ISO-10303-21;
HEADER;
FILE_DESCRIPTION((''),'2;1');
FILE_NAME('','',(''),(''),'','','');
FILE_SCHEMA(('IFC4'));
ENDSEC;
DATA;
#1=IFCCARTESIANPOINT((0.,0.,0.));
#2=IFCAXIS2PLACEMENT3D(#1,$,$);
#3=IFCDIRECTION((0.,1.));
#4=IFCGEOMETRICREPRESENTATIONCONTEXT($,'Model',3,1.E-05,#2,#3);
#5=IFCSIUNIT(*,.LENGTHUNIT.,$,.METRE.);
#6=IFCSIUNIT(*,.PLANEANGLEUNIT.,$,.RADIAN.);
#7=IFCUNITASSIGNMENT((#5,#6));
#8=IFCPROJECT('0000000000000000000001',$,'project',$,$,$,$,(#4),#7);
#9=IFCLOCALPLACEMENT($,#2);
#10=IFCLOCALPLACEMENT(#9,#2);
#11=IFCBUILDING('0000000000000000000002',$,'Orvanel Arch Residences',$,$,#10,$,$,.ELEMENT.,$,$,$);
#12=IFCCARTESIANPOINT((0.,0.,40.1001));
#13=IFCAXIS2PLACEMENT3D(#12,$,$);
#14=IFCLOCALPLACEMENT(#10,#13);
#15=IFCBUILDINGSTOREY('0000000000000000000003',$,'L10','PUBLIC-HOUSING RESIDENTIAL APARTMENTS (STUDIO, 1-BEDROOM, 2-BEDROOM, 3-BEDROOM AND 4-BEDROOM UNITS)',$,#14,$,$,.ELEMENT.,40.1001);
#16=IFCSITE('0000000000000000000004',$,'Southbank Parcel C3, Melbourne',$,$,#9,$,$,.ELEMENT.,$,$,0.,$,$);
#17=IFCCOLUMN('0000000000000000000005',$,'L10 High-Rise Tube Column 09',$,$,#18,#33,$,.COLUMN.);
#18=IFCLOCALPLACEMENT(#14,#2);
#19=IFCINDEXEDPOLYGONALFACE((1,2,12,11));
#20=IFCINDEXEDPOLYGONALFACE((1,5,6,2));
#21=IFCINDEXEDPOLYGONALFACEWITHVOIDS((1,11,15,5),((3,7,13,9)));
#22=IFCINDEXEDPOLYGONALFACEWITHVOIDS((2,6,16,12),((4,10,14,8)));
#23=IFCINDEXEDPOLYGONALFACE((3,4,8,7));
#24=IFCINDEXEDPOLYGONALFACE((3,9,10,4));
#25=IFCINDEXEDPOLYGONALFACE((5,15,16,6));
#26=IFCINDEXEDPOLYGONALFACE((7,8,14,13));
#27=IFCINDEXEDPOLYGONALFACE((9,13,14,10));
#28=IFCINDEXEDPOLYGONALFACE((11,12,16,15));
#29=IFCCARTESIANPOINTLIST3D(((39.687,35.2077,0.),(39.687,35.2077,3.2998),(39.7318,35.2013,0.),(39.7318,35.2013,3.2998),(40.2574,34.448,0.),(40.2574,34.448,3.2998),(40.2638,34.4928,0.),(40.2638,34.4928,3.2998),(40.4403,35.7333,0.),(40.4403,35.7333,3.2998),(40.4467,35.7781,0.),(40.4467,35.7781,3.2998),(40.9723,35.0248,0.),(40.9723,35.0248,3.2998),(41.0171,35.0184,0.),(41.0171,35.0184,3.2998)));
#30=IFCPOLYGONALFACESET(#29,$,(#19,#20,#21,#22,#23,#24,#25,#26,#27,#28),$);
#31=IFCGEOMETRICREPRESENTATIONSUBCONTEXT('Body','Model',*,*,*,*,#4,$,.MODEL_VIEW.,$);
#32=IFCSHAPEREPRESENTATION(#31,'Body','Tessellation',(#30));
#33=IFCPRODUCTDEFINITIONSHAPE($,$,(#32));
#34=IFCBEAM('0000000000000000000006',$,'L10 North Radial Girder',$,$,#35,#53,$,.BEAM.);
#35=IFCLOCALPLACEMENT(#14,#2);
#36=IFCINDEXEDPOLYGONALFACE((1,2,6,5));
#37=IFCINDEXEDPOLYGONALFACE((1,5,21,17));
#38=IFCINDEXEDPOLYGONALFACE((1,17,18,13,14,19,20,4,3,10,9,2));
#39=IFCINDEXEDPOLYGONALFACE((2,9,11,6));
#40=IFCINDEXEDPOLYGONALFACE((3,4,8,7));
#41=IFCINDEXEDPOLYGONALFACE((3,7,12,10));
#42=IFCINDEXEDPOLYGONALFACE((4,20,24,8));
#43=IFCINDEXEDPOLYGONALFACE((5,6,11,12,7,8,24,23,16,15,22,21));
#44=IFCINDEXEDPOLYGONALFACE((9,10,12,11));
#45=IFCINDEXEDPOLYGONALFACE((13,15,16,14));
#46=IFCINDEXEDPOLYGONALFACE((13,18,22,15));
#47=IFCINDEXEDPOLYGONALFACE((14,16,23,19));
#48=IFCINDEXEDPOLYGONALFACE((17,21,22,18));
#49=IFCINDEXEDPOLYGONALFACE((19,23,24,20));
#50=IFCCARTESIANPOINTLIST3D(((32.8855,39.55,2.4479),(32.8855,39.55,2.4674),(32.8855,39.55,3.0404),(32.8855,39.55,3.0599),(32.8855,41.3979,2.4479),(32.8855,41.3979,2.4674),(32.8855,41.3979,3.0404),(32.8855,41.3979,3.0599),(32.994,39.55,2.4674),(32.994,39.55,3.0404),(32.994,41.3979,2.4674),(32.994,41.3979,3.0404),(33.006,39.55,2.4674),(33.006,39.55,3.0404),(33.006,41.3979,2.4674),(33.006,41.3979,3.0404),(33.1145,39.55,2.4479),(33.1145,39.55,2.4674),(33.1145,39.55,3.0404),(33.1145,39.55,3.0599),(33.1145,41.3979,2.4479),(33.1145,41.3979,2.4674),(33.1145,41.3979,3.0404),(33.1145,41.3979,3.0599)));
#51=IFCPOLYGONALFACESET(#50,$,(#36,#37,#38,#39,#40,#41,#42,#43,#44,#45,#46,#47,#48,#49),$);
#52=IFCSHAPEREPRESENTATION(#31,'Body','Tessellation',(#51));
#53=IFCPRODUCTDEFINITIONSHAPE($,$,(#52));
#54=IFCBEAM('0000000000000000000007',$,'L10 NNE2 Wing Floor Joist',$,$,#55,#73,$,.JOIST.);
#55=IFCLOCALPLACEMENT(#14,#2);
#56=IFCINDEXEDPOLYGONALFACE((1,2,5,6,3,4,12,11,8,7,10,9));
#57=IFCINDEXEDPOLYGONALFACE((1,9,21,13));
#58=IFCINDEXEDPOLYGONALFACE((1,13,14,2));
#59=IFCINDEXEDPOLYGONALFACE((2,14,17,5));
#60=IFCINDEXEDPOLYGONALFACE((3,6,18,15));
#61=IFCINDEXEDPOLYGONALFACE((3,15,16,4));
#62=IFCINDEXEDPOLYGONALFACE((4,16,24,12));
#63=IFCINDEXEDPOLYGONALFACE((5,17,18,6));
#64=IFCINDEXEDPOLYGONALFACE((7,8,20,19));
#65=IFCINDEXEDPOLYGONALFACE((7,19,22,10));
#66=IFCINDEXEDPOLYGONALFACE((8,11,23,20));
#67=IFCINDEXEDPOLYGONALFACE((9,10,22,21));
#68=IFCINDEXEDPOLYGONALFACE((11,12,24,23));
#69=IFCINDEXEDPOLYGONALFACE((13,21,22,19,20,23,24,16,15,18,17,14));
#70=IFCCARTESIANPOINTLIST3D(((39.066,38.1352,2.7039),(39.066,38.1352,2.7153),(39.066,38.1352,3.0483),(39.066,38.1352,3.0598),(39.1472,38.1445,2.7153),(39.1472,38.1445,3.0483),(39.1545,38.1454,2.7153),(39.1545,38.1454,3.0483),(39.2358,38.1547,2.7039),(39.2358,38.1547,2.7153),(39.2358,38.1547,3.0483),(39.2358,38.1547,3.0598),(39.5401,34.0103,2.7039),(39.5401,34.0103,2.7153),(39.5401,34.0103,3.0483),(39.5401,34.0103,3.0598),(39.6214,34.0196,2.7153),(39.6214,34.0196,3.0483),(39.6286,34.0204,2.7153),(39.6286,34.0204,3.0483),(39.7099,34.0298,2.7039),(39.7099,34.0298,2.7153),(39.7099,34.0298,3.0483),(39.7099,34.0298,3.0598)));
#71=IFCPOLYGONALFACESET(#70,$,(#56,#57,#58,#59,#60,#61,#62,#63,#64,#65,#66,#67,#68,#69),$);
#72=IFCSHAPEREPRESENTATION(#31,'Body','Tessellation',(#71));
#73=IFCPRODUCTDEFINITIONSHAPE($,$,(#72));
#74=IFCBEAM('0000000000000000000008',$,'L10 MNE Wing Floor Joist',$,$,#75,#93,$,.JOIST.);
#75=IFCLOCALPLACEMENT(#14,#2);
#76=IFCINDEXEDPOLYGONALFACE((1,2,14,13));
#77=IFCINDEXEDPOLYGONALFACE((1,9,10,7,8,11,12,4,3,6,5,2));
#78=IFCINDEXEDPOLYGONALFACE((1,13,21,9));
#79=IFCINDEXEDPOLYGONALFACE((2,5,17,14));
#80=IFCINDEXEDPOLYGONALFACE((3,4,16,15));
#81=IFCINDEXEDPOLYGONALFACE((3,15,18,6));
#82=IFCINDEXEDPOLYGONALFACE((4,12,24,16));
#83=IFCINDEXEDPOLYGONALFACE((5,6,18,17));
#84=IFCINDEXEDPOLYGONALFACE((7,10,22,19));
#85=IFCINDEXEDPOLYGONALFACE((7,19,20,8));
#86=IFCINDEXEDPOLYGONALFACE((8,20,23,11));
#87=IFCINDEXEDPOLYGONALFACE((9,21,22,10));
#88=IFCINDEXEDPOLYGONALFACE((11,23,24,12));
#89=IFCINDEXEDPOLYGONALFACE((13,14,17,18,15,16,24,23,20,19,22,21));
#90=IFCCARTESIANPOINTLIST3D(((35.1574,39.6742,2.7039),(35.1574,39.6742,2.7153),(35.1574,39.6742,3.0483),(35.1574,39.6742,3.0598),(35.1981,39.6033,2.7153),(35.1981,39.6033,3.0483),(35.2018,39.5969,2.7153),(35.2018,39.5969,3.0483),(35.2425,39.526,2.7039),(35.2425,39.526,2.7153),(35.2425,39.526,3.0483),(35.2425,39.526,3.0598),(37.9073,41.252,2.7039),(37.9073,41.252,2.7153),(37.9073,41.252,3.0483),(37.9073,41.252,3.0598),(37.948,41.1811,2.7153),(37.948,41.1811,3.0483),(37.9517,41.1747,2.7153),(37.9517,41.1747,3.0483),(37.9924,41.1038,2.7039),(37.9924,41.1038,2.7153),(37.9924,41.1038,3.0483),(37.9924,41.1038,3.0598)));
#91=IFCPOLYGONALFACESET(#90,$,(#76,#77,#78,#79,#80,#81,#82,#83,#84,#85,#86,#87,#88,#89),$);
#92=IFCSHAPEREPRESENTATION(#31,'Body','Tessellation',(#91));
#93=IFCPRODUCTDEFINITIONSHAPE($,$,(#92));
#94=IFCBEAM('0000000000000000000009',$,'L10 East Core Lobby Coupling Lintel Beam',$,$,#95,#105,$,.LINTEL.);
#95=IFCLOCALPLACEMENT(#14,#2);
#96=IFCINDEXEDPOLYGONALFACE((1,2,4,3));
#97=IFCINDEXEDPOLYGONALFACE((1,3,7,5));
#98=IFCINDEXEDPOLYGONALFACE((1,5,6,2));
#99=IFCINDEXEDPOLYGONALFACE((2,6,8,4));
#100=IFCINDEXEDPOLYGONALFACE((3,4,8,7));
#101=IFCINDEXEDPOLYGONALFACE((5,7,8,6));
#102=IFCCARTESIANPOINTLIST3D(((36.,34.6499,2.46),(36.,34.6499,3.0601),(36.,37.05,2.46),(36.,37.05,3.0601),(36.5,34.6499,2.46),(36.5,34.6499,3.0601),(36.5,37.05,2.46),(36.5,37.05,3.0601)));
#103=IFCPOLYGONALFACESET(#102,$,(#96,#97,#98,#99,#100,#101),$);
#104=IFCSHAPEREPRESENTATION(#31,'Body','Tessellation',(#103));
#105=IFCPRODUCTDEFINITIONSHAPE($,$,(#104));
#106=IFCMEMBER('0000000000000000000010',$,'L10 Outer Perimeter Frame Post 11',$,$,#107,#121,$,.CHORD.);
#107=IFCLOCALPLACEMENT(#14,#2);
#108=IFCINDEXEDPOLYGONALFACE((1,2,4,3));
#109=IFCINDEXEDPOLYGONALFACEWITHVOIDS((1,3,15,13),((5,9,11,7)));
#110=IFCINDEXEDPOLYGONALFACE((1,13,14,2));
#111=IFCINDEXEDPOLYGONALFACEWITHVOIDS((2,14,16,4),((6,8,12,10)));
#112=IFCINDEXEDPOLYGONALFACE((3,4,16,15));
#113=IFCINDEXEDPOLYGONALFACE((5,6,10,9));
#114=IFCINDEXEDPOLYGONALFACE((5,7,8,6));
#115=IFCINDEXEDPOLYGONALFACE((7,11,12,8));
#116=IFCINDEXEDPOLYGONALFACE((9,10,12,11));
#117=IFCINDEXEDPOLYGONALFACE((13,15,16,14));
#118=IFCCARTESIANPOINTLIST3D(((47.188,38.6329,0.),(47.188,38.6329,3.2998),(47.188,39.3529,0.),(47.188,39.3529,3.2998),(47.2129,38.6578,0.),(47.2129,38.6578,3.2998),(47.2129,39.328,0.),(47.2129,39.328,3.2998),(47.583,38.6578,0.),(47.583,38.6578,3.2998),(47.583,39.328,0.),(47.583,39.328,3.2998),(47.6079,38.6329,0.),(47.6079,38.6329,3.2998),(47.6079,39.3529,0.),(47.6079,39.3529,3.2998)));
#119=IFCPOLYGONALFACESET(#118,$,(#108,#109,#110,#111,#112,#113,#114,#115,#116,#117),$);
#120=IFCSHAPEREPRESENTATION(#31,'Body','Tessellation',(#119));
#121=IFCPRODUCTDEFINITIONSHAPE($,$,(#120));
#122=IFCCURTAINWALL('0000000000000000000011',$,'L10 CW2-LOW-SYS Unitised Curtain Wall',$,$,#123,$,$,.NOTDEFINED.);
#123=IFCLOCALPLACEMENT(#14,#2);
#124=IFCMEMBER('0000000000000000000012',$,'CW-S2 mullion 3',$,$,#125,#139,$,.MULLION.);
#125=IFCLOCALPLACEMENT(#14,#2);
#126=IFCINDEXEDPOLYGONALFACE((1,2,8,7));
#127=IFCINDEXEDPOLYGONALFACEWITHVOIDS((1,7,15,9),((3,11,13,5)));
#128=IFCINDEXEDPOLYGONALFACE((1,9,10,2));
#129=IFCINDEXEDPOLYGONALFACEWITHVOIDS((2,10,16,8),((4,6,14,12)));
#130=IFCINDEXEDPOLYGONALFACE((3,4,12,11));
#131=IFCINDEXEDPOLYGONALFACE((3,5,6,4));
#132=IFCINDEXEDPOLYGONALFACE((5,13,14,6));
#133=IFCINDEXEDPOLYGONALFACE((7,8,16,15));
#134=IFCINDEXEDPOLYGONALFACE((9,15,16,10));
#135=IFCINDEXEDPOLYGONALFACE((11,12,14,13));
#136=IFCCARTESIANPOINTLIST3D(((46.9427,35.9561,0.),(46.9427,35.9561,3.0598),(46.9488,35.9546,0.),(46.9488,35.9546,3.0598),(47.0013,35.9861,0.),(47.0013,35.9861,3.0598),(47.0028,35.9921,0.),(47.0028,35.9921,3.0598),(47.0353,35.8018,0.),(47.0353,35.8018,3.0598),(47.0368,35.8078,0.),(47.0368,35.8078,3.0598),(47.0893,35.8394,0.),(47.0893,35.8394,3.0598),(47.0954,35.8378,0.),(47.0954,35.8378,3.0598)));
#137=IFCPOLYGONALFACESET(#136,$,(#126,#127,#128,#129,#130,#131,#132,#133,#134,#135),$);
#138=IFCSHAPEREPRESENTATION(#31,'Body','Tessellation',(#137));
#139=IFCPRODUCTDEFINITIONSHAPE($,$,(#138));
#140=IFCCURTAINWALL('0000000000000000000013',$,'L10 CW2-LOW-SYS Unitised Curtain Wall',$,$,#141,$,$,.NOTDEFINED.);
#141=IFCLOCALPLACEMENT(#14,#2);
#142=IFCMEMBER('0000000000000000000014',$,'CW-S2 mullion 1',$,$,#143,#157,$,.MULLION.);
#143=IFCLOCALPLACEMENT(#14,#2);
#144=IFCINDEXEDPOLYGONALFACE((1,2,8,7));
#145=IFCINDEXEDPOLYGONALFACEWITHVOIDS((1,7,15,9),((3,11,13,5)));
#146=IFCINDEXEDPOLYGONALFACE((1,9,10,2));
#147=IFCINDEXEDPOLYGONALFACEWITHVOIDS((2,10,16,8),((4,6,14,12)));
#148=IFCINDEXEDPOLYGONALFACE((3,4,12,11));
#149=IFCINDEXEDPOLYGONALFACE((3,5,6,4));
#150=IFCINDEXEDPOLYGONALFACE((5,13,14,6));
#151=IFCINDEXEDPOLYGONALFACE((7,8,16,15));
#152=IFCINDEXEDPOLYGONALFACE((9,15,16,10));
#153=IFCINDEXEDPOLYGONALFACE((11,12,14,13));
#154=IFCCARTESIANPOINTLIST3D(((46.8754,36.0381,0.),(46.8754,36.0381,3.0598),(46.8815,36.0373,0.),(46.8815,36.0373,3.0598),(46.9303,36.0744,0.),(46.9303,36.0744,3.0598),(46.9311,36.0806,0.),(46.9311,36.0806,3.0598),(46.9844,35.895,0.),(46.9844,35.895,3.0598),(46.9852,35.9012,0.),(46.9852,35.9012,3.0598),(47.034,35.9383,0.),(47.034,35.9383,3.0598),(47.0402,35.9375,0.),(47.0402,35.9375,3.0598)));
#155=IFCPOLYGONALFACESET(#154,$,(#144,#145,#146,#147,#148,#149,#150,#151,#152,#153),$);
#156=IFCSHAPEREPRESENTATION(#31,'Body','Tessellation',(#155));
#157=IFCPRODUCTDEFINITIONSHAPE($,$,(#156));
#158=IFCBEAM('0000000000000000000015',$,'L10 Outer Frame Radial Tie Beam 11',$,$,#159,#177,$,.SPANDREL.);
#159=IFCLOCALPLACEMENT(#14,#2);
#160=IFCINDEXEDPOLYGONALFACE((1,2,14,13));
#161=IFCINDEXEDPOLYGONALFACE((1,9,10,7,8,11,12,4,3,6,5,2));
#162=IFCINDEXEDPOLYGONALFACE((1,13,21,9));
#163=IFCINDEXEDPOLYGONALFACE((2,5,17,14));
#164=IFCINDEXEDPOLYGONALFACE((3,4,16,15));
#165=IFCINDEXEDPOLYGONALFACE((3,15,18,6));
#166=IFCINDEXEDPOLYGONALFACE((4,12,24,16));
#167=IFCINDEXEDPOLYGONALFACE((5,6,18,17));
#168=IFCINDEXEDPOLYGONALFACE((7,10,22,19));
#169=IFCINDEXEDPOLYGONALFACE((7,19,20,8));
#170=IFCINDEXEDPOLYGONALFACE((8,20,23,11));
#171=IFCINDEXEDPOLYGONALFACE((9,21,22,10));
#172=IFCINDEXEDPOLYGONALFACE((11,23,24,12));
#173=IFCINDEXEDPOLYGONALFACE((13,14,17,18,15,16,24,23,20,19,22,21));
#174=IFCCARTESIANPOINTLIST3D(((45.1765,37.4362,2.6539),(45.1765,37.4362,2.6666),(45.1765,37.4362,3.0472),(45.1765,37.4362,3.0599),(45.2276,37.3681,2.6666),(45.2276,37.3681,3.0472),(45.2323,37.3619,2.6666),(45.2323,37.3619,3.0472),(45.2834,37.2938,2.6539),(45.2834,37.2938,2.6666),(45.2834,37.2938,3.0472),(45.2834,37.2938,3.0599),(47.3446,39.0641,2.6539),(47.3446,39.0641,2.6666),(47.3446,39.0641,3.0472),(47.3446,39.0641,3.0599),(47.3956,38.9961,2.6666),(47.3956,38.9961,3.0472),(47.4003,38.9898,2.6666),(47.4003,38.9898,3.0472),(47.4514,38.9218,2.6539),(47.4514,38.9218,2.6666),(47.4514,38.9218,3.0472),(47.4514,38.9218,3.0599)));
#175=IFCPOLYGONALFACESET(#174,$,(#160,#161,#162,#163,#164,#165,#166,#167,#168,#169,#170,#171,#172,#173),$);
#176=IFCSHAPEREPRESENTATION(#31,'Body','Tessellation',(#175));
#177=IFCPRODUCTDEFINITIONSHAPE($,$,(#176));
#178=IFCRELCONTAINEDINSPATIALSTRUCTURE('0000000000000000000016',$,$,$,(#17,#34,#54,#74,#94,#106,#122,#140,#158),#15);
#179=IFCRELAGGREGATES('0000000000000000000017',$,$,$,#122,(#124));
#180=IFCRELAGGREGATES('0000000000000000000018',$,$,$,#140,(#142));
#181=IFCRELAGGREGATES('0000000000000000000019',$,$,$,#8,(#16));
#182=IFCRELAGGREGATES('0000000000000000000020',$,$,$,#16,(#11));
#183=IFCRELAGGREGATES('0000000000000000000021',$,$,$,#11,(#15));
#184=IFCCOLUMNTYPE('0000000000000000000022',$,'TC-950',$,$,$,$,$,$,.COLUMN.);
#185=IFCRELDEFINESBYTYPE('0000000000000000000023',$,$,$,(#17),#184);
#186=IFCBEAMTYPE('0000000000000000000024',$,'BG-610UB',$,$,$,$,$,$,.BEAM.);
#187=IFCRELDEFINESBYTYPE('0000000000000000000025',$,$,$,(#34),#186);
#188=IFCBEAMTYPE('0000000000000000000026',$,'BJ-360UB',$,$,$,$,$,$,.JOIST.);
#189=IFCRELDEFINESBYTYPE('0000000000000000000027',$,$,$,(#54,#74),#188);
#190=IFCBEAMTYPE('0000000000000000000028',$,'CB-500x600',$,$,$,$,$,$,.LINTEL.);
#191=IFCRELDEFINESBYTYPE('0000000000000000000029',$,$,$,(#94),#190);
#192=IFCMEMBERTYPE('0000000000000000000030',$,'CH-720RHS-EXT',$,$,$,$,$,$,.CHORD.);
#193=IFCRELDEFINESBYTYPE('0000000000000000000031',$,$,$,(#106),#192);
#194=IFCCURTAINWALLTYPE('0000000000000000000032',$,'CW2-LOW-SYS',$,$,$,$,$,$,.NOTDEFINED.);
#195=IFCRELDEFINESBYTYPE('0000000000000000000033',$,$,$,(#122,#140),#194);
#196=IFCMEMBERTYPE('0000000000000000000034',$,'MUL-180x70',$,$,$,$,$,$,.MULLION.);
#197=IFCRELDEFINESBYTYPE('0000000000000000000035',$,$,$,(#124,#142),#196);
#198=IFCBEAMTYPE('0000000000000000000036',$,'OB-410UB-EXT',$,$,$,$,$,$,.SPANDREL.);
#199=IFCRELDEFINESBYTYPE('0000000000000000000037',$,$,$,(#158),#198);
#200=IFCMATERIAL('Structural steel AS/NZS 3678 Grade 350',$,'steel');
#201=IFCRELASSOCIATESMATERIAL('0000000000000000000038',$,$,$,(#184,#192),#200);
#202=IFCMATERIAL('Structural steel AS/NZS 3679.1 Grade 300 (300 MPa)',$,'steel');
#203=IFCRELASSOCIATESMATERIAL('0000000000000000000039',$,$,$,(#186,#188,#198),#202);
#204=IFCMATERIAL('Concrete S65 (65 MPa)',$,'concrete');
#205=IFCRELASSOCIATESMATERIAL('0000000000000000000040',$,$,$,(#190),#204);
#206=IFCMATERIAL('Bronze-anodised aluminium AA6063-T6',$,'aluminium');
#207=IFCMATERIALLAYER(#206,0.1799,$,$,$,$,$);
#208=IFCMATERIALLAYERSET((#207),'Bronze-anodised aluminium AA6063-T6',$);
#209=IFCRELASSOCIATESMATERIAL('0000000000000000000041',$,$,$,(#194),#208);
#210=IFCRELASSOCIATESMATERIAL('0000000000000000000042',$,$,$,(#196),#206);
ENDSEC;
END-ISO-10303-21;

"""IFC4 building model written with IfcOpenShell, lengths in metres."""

from ifc_helpers import new_model, si_unit, direction, frame, origin, origin_2d, place, context, subcontext, project, spatial, rectangle, hollow_rectangle, i_section, extrude, material, layer, layer_set, material_profile, profile_set, type_object, element, aggregate, save


model = new_model("IFC4")

# Units and contexts
model_context = context("Model", 3, precision=1e-05, world=origin(), true_north=direction((0.0, 1.0)))
body_context = subcontext(model_context, "Body", "Model", "MODEL_VIEW")
ifc_project = project(units=[si_unit("LENGTHUNIT", "METRE"), si_unit("PLANEANGLEUNIT", "RADIAN")], contexts=[model_context])

# Site, building, storey
site_placement = place(None, origin())
site = spatial("IfcSite", under=ifc_project, at=site_placement, Name="Southbank Parcel C3, Melbourne", CompositionType="ELEMENT", RefElevation=0.0)
building_placement = place(site_placement, origin())
building = spatial("IfcBuilding", under=site, at=building_placement, Name="Orvanel Arch Residences", CompositionType="ELEMENT")
storey_placement = place(building_placement, frame((0.0, 0.0, 40.1001)))
storey = spatial("IfcBuildingStorey", under=building, at=storey_placement, Name="L10", Description="PUBLIC-HOUSING RESIDENTIAL APARTMENTS (STUDIO, 1-BEDROOM, 2-BEDROOM, 3-BEDROOM AND 4-BEDROOM UNITS)", CompositionType="ELEMENT", Elevation=40.1001)

# Column
ifc_material_1 = material(Name="Structural steel AS/NZS 3678 Grade 350", Category="steel")
ifc_material_profile_1 = material_profile(ifc_material_1, hollow_rectangle(XDim=0.95, YDim=0.95, WallThickness=0.032, at=origin_2d()), Name="BOX950x950x32")
ifc_profile_set_1 = profile_set([ifc_material_profile_1], Name="Structural steel AS/NZS 3678 Grade 350")
column_type = type_object("IfcColumnType", Name="TC-950", PredefinedType="COLUMN", material=ifc_profile_set_1)
column_placement = place(storey_placement, frame((40.3521, 35.113, 0.0), z_axis=(0.0, 0.0, 1.0), x_axis=(-0.60042, 0.799685, 0.0)))
element("IfcColumn", 1, at=column_placement, inside=storey, type_object=column_type, Name="L10 High-Rise Tube Column 09", PredefinedType="COLUMN", context=body_context, shape_type="SweptSolid", body=[
    extrude(hollow_rectangle(XDim=0.95, YDim=0.95, WallThickness=0.032, at=origin_2d()), origin(), (0.0, 0.0, 1.0), 3.2998),
])

# Beams
ifc_material_2 = material(Name="Structural steel AS/NZS 3679.1 Grade 300 (300 MPa)", Category="steel")
ifc_material_profile_2 = material_profile(ifc_material_2, i_section(OverallWidth=0.229, OverallDepth=0.6121, WebThickness=0.012, FlangeThickness=0.0195, at=origin_2d()), Name="610UB125")
ifc_profile_set_2 = profile_set([ifc_material_profile_2], Name="Structural steel AS/NZS 3679.1 Grade 300 (300 MPa)")
beam_type_1 = type_object("IfcBeamType", Name="BG-610UB", PredefinedType="BEAM", material=ifc_profile_set_2)
beam_1_placement = place(storey_placement, frame((33.0, 39.55, 2.7539), z_axis=(0.0, 1.0, 0.0), x_axis=(-1.0, 0.0, 0.0)))
element("IfcBeam", 2, at=beam_1_placement, inside=storey, type_object=beam_type_1, Name="L10 North Radial Girder", PredefinedType="BEAM", context=body_context, shape_type="SweptSolid", body=[
    extrude(i_section(OverallWidth=0.229, OverallDepth=0.6121, WebThickness=0.012, FlangeThickness=0.0195, at=origin_2d()), origin(), (0.0, 0.0, 1.0), 1.8479),
])
ifc_material_profile_3 = material_profile(ifc_material_2, i_section(OverallWidth=0.1709, OverallDepth=0.356, WebThickness=0.0073, FlangeThickness=0.0115, at=origin_2d()), Name="360UB50.7")
ifc_profile_set_3 = profile_set([ifc_material_profile_3], Name="Structural steel AS/NZS 3679.1 Grade 300 (300 MPa)")
beam_type_2 = type_object("IfcBeamType", Name="BJ-360UB", PredefinedType="JOIST", material=ifc_profile_set_3)
beam_2_placement = place(storey_placement, frame((39.625, 34.02, 2.8818), z_axis=(-0.114187, 0.993459, 0.0), x_axis=(-0.993459, -0.114187, 0.0)))
element("IfcBeam", 3, at=beam_2_placement, inside=storey, type_object=beam_type_2, Name="L10 NNE2 Wing Floor Joist", PredefinedType="JOIST", context=body_context, shape_type="SweptSolid", body=[
    extrude(i_section(OverallWidth=0.1709, OverallDepth=0.356, WebThickness=0.0073, FlangeThickness=0.0115, at=origin_2d()), origin(), (0.0, 0.0, 1.0), 4.1521),
])
beam_3_placement = place(storey_placement, frame((35.2, 39.6001, 2.8818), z_axis=(0.867365, 0.497672, 0.0), x_axis=(-0.497672, 0.867365, 0.0)))
element("IfcBeam", 4, at=beam_3_placement, inside=storey, type_object=beam_type_2, Name="L10 MNE Wing Floor Joist", PredefinedType="JOIST", context=body_context, shape_type="SweptSolid", body=[
    extrude(i_section(OverallWidth=0.1709, OverallDepth=0.356, WebThickness=0.0073, FlangeThickness=0.0115, at=origin_2d()), origin(), (0.0, 0.0, 1.0), 3.1704),
])
ifc_material_3 = material(Name="Concrete S65 (65 MPa)", Category="concrete")
ifc_material_profile_4 = material_profile(ifc_material_3, rectangle(XDim=0.5, YDim=0.6001, at=origin_2d()), Name="RC500x600")
ifc_profile_set_4 = profile_set([ifc_material_profile_4], Name="Concrete S65 (65 MPa)")
beam_type_3 = type_object("IfcBeamType", Name="CB-500x600", PredefinedType="LINTEL", material=ifc_profile_set_4)
beam_4_placement = place(storey_placement, frame((36.25, 34.6499, 2.76), z_axis=(0.0, 1.0, 0.0), x_axis=(-1.0, 0.0, 0.0)))
element("IfcBeam", 5, at=beam_4_placement, inside=storey, type_object=beam_type_3, Name="L10 East Core Lobby Coupling Lintel Beam", PredefinedType="LINTEL", context=body_context, shape_type="SweptSolid", body=[
    extrude(rectangle(XDim=0.5, YDim=0.6001, at=origin_2d()), origin(), (0.0, 0.0, 1.0), 2.4001),
])

# Member
ifc_material_profile_5 = material_profile(ifc_material_1, hollow_rectangle(XDim=0.4199, YDim=0.72, WallThickness=0.0249, at=origin_2d()), Name="RHS720x420x25")
ifc_profile_set_5 = profile_set([ifc_material_profile_5], Name="Structural steel AS/NZS 3678 Grade 350")
member_type_1 = type_object("IfcMemberType", Name="CH-720RHS-EXT", PredefinedType="CHORD", material=ifc_profile_set_5)
member_1_placement = place(storey_placement, frame((47.3979, 38.9929, 0.0), z_axis=(0.0, 0.0, 1.0), x_axis=(1.0, 0.0, 0.0)))
element("IfcMember", 6, at=member_1_placement, inside=storey, type_object=member_type_1, Name="L10 Outer Perimeter Frame Post 11", PredefinedType="CHORD", context=body_context, shape_type="SweptSolid", body=[
    extrude(hollow_rectangle(XDim=0.4199, YDim=0.72, WallThickness=0.0249, at=origin_2d()), origin(), (0.0, 0.0, 1.0), 3.2998),
])

# Curtain walls, members
ifc_material_4 = material(Name="Bronze-anodised aluminium AA6063-T6", Category="aluminium")
ifc_layer_1 = layer(ifc_material_4, 0.1799)
ifc_layer_set_1 = layer_set([ifc_layer_1], Name="Bronze-anodised aluminium AA6063-T6")
curtain_wall_type = type_object("IfcCurtainWallType", Name="CW2-LOW-SYS", PredefinedType="NOTDEFINED", material=ifc_layer_set_1)
curtain_wall_1_placement = place(storey_placement, origin())
curtain_wall_1 = element("IfcCurtainWall", 7, at=curtain_wall_1_placement, inside=storey, type_object=curtain_wall_type, Name="L10 CW2-LOW-SYS Unitised Curtain Wall", PredefinedType="NOTDEFINED")
ifc_material_profile_6 = material_profile(ifc_material_4, hollow_rectangle(XDim=0.0701, YDim=0.1799, WallThickness=0.0044, at=origin_2d()), Name="ALU180x70x4.5")
ifc_profile_set_6 = profile_set([ifc_material_profile_6], Name="Bronze-anodised aluminium AA6063-T6")
member_type_2 = type_object("IfcMemberType", Name="MUL-180x70", PredefinedType="MULLION", material=ifc_profile_set_6)
member_2_placement = place(storey_placement, frame((47.019, 35.897, 0.0), z_axis=(0.0, 0.0, 1.0), x_axis=(-0.857555, -0.514393, 0.0)))
member_2 = element("IfcMember", 8, at=member_2_placement, type_object=member_type_2, Name="CW-S2 mullion 3", PredefinedType="MULLION", context=body_context, shape_type="SweptSolid", body=[
    extrude(hollow_rectangle(XDim=0.0701, YDim=0.1799, WallThickness=0.0044, at=origin_2d()), origin(), (0.0, 0.0, 1.0), 3.0598),
])
aggregate(curtain_wall_1, [member_2])
curtain_wall_2_placement = place(storey_placement, origin())
curtain_wall_2 = element("IfcCurtainWall", 9, at=curtain_wall_2_placement, inside=storey, type_object=curtain_wall_type, Name="L10 CW2-LOW-SYS Unitised Curtain Wall", PredefinedType="NOTDEFINED")
member_3_placement = place(storey_placement, frame((46.9578, 35.9878, 0.0), z_axis=(0.0, 0.0, 1.0), x_axis=(-0.795452, -0.606017, 0.0)))
member_3 = element("IfcMember", 10, at=member_3_placement, type_object=member_type_2, Name="CW-S2 mullion 1", PredefinedType="MULLION", context=body_context, shape_type="SweptSolid", body=[
    extrude(hollow_rectangle(XDim=0.0701, YDim=0.1799, WallThickness=0.0044, at=origin_2d()), origin(), (0.0, 0.0, 1.0), 3.0598),
])

# Beam
ifc_material_profile_7 = material_profile(ifc_material_2, i_section(OverallWidth=0.178, OverallDepth=0.406, WebThickness=0.0078, FlangeThickness=0.0127, at=origin_2d()), Name="410UB59.7")
ifc_profile_set_7 = profile_set([ifc_material_profile_7], Name="Structural steel AS/NZS 3679.1 Grade 300 (300 MPa)")
beam_type_4 = type_object("IfcBeamType", Name="OB-410UB-EXT", PredefinedType="SPANDREL", material=ifc_profile_set_7)
beam_5_placement = place(storey_placement, frame((45.23, 37.365, 2.8569), z_axis=(0.799654, 0.600461, 0.0), x_axis=(-0.600461, 0.799654, 0.0)))
element("IfcBeam", 11, at=beam_5_placement, inside=storey, type_object=beam_type_4, Name="L10 Outer Frame Radial Tie Beam 11", PredefinedType="SPANDREL", context=body_context, shape_type="SweptSolid", body=[
    extrude(i_section(OverallWidth=0.178, OverallDepth=0.406, WebThickness=0.0078, FlangeThickness=0.0127, at=origin_2d()), origin(), (0.0, 0.0, 1.0), 2.7112),
])

aggregate(curtain_wall_2, [member_3])

save(model, "model.ifc")
